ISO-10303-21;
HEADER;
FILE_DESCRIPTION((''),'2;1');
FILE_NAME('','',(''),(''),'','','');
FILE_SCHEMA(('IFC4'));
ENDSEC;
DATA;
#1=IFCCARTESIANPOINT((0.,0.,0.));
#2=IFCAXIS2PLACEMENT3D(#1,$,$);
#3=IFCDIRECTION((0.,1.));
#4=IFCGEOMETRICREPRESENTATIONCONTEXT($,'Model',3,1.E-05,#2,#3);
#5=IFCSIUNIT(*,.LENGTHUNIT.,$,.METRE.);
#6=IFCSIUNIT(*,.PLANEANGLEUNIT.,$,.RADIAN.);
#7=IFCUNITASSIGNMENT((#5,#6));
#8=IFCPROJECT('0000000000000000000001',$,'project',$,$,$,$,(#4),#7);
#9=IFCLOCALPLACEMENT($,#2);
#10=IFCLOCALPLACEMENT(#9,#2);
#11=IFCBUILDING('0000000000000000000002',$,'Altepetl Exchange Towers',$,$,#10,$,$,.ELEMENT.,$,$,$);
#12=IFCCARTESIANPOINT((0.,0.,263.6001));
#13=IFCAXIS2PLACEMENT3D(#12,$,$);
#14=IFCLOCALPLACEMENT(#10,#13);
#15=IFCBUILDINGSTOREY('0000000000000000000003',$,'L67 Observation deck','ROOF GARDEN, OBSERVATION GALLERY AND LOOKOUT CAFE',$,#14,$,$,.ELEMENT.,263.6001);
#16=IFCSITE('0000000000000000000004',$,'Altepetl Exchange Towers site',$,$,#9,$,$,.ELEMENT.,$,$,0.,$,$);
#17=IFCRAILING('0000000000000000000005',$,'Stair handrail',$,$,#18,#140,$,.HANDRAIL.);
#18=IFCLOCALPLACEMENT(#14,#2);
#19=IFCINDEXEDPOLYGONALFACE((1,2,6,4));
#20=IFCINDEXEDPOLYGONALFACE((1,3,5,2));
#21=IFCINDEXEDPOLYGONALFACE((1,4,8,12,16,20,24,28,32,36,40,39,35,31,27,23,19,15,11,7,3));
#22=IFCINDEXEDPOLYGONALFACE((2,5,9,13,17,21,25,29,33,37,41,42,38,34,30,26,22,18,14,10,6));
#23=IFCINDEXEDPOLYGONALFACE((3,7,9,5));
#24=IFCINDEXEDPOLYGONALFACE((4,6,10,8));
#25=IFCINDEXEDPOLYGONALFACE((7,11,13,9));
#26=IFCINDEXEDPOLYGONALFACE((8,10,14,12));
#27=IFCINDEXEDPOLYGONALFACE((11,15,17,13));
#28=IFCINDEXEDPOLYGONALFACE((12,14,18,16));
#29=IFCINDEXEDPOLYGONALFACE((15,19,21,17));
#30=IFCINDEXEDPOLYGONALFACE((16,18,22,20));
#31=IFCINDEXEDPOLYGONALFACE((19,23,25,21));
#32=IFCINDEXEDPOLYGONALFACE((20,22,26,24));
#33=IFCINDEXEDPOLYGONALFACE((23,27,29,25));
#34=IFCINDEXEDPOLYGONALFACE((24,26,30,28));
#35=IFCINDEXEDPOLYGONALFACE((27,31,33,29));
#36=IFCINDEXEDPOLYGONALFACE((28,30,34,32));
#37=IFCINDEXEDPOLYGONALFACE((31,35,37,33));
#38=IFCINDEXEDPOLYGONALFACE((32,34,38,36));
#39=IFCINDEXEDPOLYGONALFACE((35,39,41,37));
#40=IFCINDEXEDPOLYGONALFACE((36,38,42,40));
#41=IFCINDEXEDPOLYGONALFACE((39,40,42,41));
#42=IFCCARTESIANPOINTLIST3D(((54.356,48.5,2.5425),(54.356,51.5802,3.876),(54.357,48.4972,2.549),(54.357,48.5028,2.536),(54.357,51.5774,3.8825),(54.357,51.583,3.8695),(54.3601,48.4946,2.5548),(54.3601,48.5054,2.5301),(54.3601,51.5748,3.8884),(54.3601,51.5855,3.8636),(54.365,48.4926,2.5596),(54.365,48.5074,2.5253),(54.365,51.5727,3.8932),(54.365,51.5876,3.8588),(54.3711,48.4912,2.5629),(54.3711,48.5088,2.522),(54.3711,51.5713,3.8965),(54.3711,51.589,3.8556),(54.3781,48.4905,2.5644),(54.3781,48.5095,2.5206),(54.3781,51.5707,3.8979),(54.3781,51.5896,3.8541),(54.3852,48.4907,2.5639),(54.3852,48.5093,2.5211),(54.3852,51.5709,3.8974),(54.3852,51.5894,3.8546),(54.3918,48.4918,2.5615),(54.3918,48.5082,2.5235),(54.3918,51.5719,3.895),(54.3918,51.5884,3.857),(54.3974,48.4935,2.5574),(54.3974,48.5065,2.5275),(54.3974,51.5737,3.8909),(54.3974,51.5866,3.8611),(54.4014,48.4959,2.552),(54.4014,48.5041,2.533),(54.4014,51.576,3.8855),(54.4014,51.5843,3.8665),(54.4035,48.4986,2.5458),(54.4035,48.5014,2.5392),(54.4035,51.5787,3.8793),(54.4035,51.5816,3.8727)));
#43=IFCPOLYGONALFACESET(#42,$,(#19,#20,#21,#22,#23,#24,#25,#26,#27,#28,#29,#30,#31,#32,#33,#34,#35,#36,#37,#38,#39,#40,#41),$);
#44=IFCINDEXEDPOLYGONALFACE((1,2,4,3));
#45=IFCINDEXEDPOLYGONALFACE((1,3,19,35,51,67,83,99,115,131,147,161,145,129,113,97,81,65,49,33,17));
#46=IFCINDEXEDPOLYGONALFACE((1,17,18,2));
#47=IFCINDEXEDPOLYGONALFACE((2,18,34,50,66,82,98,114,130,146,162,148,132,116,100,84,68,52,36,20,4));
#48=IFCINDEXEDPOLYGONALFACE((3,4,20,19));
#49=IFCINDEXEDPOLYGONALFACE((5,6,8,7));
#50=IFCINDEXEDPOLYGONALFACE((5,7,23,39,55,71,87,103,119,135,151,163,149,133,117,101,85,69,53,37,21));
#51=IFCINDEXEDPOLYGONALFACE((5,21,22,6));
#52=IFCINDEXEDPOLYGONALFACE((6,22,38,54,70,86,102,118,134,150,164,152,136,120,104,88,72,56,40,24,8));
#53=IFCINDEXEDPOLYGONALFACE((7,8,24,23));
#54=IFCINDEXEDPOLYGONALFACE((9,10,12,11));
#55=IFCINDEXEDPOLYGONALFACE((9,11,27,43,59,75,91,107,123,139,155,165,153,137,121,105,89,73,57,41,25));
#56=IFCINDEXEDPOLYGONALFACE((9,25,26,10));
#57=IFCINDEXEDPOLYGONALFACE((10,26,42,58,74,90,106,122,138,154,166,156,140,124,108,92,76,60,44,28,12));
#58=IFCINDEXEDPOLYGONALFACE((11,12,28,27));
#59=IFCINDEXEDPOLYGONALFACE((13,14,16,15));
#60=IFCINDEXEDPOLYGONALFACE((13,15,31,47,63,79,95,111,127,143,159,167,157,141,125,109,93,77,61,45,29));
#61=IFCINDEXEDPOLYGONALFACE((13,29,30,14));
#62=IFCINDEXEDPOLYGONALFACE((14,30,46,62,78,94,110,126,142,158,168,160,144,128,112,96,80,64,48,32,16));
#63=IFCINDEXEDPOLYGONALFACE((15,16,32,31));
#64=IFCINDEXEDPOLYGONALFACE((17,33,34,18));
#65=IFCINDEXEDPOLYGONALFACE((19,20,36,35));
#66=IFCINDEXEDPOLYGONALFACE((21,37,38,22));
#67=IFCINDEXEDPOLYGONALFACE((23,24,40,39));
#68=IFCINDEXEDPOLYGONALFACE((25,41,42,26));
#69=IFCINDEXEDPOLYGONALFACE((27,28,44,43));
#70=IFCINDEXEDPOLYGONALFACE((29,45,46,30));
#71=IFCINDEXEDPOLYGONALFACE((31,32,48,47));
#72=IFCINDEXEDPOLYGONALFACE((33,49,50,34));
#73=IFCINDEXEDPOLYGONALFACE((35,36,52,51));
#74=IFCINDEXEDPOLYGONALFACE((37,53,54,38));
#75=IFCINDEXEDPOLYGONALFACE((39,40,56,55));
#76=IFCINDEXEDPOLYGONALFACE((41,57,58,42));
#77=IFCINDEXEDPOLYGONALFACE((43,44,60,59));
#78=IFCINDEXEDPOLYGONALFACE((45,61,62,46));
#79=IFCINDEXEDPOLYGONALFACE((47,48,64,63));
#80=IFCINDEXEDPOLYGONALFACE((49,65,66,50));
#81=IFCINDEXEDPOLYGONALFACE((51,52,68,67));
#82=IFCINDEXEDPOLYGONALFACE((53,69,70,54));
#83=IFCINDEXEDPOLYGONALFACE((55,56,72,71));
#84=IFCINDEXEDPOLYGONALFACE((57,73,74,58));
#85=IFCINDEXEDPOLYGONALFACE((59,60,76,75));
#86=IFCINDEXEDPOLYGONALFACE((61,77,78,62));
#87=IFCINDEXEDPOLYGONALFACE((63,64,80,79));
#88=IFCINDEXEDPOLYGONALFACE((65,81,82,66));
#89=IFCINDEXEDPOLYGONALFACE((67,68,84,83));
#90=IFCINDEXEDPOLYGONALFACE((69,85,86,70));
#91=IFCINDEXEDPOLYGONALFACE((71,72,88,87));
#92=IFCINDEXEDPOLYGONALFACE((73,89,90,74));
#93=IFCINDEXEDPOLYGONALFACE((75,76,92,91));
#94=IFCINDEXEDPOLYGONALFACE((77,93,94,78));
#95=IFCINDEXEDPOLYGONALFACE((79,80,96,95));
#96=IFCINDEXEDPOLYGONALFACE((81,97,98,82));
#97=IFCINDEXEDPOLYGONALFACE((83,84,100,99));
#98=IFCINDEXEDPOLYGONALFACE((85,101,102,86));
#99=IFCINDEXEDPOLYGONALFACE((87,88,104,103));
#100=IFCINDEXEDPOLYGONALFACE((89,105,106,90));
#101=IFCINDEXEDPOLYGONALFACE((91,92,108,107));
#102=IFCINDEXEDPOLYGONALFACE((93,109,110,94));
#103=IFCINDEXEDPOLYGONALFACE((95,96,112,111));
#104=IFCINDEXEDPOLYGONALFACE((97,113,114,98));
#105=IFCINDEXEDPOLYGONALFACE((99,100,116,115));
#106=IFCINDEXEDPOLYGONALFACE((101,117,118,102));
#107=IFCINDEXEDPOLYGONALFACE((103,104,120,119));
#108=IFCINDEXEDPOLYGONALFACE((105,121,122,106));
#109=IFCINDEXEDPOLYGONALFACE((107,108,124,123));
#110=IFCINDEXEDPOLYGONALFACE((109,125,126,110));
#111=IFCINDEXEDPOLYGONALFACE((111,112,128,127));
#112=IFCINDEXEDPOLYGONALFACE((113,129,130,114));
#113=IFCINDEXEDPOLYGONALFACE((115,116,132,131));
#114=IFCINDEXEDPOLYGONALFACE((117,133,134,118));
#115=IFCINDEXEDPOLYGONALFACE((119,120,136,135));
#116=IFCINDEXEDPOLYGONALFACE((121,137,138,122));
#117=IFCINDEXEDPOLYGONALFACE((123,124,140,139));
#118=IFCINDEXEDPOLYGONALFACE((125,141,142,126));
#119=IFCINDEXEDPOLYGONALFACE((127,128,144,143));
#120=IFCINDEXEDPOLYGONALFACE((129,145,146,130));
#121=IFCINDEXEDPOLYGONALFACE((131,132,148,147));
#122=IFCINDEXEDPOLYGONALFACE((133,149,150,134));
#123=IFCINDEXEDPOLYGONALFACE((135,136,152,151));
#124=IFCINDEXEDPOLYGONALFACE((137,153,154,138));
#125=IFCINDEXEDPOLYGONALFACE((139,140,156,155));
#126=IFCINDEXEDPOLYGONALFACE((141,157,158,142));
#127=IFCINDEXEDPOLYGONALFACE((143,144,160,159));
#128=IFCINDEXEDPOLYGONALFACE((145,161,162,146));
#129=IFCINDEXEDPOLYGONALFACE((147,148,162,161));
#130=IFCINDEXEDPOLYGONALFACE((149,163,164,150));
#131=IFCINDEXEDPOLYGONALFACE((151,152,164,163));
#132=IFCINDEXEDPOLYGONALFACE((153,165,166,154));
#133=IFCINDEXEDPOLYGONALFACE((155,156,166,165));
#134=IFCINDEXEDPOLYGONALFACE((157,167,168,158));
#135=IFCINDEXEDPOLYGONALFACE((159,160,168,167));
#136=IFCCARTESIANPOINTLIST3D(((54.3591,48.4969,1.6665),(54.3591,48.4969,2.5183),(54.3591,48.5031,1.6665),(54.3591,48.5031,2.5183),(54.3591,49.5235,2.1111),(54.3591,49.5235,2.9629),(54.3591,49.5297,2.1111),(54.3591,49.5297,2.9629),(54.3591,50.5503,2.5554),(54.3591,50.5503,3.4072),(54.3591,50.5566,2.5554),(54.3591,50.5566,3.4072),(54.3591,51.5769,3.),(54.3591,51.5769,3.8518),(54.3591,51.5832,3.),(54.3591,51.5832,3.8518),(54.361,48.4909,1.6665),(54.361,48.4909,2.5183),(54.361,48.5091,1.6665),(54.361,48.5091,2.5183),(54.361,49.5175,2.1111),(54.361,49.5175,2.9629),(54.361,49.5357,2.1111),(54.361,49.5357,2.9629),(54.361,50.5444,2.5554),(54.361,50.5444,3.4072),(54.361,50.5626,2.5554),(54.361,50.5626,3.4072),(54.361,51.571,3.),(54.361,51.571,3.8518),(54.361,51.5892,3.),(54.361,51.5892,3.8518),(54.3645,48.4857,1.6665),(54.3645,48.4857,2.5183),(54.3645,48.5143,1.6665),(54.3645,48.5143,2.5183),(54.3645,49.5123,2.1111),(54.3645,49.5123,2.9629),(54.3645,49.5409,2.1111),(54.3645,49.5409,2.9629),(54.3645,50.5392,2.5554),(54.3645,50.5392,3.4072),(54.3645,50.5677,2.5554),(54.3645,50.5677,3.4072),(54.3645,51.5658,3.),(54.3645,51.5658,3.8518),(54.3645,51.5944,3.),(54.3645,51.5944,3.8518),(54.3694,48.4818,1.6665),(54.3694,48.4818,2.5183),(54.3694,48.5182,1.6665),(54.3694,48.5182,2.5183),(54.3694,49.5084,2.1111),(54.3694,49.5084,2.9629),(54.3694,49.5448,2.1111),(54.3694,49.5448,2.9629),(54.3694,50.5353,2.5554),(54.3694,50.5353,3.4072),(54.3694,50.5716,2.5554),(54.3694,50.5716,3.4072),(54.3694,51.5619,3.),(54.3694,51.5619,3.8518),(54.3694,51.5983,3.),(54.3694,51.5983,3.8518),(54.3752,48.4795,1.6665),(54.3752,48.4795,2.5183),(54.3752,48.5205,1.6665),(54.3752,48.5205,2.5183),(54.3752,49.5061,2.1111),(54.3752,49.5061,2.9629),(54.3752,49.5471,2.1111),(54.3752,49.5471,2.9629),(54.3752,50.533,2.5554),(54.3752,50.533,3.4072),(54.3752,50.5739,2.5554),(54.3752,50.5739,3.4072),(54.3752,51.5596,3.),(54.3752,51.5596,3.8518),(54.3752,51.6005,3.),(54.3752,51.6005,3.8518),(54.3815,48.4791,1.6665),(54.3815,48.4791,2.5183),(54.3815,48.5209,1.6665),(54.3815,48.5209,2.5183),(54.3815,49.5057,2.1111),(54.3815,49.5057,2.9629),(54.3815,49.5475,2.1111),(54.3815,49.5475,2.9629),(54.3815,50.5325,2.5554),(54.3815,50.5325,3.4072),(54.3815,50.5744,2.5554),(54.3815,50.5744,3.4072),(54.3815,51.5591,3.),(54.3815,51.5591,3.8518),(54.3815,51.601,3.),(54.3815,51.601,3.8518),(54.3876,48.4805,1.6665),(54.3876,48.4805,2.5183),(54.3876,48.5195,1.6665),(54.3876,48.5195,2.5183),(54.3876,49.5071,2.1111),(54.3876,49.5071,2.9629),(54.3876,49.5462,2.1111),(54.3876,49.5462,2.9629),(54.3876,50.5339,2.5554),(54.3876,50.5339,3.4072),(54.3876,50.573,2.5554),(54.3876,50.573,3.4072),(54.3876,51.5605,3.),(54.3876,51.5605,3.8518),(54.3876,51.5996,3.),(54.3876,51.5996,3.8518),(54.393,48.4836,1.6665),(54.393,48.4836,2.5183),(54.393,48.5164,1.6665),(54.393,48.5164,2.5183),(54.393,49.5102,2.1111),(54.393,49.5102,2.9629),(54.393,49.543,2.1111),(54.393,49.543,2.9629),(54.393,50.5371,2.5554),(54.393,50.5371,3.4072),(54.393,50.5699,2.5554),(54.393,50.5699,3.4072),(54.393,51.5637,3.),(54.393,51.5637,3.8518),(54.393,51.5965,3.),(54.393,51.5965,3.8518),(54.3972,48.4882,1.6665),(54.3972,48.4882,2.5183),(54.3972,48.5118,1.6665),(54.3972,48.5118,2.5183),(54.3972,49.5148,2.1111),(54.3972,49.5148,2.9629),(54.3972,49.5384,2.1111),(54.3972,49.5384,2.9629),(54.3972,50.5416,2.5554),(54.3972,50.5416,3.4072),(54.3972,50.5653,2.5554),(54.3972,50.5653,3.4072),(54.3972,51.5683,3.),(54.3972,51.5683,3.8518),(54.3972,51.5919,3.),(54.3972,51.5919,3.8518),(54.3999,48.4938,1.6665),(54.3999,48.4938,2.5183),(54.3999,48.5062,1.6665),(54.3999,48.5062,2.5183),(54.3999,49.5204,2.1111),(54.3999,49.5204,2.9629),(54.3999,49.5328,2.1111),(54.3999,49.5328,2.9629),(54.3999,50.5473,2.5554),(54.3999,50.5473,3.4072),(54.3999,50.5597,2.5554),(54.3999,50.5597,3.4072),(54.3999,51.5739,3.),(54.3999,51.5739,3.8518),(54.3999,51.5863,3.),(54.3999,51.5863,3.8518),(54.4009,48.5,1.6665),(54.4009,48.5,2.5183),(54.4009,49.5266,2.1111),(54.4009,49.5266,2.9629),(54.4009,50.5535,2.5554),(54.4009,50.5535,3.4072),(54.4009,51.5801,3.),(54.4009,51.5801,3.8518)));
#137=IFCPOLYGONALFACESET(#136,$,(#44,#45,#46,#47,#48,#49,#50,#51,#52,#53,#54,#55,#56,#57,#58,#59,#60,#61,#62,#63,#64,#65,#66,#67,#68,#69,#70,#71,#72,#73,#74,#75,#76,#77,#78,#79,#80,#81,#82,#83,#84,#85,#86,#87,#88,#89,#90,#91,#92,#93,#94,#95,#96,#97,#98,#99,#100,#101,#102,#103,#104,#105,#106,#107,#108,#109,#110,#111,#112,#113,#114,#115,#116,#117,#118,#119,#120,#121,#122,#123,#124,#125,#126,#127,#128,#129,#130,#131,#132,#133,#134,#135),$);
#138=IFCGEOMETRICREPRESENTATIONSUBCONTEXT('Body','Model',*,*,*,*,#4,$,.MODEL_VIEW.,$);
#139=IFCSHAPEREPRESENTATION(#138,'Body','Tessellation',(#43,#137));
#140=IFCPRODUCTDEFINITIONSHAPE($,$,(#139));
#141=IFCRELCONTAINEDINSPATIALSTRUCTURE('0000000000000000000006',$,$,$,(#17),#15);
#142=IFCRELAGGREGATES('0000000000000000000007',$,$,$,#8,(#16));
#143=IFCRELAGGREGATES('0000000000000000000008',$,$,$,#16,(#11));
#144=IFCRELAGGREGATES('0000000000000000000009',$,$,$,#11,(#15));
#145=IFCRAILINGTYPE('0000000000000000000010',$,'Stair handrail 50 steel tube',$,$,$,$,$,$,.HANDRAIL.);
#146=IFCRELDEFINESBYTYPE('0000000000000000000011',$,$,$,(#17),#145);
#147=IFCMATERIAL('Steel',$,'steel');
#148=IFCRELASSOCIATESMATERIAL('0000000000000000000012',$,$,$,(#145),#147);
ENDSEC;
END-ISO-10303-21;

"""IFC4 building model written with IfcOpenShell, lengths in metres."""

from ifc_helpers import new_model, si_unit, direction, frame, origin, origin_2d, place, context, subcontext, project, spatial, circle, extrude, source, transform, mapped, material, type_object, element, save


model = new_model("IFC4")

# Units and contexts
model_context = context("Model", 3, precision=1e-05, world=origin(), true_north=direction((0.0, 1.0)))
body_context = subcontext(model_context, "Body", "Model", "MODEL_VIEW")
ifc_project = project(units=[si_unit("LENGTHUNIT", "METRE"), si_unit("PLANEANGLEUNIT", "RADIAN")], contexts=[model_context])

# Site, building, storey
site_placement = place(None, origin())
site = spatial("IfcSite", under=ifc_project, at=site_placement, Name="Altepetl Exchange Towers site", CompositionType="ELEMENT", RefElevation=0.0)
building_placement = place(site_placement, origin())
building = spatial("IfcBuilding", under=site, at=building_placement, Name="Altepetl Exchange Towers", CompositionType="ELEMENT")
storey_placement = place(building_placement, frame((0.0, 0.0, 263.6001)))
storey = spatial("IfcBuildingStorey", under=building, at=storey_placement, Name="L67 Observation deck", Description="ROOF GARDEN, OBSERVATION GALLERY AND LOOKOUT CAFE", CompositionType="ELEMENT", Elevation=263.6001)

# Railing
ifc_material_1 = material(Name="Steel", Category="steel")
railing_type = type_object("IfcRailingType", Name="Stair handrail 50 steel tube", PredefinedType="HANDRAIL", material=ifc_material_1)
shared_shape = source(origin(), body_context, "Body", "SweptSolid", [
    extrude(circle(Radius=0.021, at=origin_2d()), origin(), (0.0, 0.0, 1.0), 0.8518),
])
for number, where, name in (
    (1, (54.3799, 48.5, 1.6665), "Stair handrail"),
):
    element("IfcRailing", number, at=place(storey_placement, frame(where)), inside=storey, type_object=railing_type, Name=name, PredefinedType="HANDRAIL", context=body_context, shape_type="SweptSolid", body=[
        extrude(circle(Radius=0.0239, at=origin_2d()), frame((0.0, 0.0, 0.876), z_axis=(0.0, 0.917686, 0.397305), x_axis=(-1.0, 0.0, 0.0)), (0.0, 0.0, 1.0), 3.3564),
        mapped(shared_shape, transform((0.0, 0.0, 0.0))),
        mapped(shared_shape, transform((0.0, 1.0266, 0.4446))),
        mapped(shared_shape, transform((0.0, 2.0535, 0.8889))),
        mapped(shared_shape, transform((0.0, 3.0801, 1.3335))),
    ])

save(model, "model.ifc")
